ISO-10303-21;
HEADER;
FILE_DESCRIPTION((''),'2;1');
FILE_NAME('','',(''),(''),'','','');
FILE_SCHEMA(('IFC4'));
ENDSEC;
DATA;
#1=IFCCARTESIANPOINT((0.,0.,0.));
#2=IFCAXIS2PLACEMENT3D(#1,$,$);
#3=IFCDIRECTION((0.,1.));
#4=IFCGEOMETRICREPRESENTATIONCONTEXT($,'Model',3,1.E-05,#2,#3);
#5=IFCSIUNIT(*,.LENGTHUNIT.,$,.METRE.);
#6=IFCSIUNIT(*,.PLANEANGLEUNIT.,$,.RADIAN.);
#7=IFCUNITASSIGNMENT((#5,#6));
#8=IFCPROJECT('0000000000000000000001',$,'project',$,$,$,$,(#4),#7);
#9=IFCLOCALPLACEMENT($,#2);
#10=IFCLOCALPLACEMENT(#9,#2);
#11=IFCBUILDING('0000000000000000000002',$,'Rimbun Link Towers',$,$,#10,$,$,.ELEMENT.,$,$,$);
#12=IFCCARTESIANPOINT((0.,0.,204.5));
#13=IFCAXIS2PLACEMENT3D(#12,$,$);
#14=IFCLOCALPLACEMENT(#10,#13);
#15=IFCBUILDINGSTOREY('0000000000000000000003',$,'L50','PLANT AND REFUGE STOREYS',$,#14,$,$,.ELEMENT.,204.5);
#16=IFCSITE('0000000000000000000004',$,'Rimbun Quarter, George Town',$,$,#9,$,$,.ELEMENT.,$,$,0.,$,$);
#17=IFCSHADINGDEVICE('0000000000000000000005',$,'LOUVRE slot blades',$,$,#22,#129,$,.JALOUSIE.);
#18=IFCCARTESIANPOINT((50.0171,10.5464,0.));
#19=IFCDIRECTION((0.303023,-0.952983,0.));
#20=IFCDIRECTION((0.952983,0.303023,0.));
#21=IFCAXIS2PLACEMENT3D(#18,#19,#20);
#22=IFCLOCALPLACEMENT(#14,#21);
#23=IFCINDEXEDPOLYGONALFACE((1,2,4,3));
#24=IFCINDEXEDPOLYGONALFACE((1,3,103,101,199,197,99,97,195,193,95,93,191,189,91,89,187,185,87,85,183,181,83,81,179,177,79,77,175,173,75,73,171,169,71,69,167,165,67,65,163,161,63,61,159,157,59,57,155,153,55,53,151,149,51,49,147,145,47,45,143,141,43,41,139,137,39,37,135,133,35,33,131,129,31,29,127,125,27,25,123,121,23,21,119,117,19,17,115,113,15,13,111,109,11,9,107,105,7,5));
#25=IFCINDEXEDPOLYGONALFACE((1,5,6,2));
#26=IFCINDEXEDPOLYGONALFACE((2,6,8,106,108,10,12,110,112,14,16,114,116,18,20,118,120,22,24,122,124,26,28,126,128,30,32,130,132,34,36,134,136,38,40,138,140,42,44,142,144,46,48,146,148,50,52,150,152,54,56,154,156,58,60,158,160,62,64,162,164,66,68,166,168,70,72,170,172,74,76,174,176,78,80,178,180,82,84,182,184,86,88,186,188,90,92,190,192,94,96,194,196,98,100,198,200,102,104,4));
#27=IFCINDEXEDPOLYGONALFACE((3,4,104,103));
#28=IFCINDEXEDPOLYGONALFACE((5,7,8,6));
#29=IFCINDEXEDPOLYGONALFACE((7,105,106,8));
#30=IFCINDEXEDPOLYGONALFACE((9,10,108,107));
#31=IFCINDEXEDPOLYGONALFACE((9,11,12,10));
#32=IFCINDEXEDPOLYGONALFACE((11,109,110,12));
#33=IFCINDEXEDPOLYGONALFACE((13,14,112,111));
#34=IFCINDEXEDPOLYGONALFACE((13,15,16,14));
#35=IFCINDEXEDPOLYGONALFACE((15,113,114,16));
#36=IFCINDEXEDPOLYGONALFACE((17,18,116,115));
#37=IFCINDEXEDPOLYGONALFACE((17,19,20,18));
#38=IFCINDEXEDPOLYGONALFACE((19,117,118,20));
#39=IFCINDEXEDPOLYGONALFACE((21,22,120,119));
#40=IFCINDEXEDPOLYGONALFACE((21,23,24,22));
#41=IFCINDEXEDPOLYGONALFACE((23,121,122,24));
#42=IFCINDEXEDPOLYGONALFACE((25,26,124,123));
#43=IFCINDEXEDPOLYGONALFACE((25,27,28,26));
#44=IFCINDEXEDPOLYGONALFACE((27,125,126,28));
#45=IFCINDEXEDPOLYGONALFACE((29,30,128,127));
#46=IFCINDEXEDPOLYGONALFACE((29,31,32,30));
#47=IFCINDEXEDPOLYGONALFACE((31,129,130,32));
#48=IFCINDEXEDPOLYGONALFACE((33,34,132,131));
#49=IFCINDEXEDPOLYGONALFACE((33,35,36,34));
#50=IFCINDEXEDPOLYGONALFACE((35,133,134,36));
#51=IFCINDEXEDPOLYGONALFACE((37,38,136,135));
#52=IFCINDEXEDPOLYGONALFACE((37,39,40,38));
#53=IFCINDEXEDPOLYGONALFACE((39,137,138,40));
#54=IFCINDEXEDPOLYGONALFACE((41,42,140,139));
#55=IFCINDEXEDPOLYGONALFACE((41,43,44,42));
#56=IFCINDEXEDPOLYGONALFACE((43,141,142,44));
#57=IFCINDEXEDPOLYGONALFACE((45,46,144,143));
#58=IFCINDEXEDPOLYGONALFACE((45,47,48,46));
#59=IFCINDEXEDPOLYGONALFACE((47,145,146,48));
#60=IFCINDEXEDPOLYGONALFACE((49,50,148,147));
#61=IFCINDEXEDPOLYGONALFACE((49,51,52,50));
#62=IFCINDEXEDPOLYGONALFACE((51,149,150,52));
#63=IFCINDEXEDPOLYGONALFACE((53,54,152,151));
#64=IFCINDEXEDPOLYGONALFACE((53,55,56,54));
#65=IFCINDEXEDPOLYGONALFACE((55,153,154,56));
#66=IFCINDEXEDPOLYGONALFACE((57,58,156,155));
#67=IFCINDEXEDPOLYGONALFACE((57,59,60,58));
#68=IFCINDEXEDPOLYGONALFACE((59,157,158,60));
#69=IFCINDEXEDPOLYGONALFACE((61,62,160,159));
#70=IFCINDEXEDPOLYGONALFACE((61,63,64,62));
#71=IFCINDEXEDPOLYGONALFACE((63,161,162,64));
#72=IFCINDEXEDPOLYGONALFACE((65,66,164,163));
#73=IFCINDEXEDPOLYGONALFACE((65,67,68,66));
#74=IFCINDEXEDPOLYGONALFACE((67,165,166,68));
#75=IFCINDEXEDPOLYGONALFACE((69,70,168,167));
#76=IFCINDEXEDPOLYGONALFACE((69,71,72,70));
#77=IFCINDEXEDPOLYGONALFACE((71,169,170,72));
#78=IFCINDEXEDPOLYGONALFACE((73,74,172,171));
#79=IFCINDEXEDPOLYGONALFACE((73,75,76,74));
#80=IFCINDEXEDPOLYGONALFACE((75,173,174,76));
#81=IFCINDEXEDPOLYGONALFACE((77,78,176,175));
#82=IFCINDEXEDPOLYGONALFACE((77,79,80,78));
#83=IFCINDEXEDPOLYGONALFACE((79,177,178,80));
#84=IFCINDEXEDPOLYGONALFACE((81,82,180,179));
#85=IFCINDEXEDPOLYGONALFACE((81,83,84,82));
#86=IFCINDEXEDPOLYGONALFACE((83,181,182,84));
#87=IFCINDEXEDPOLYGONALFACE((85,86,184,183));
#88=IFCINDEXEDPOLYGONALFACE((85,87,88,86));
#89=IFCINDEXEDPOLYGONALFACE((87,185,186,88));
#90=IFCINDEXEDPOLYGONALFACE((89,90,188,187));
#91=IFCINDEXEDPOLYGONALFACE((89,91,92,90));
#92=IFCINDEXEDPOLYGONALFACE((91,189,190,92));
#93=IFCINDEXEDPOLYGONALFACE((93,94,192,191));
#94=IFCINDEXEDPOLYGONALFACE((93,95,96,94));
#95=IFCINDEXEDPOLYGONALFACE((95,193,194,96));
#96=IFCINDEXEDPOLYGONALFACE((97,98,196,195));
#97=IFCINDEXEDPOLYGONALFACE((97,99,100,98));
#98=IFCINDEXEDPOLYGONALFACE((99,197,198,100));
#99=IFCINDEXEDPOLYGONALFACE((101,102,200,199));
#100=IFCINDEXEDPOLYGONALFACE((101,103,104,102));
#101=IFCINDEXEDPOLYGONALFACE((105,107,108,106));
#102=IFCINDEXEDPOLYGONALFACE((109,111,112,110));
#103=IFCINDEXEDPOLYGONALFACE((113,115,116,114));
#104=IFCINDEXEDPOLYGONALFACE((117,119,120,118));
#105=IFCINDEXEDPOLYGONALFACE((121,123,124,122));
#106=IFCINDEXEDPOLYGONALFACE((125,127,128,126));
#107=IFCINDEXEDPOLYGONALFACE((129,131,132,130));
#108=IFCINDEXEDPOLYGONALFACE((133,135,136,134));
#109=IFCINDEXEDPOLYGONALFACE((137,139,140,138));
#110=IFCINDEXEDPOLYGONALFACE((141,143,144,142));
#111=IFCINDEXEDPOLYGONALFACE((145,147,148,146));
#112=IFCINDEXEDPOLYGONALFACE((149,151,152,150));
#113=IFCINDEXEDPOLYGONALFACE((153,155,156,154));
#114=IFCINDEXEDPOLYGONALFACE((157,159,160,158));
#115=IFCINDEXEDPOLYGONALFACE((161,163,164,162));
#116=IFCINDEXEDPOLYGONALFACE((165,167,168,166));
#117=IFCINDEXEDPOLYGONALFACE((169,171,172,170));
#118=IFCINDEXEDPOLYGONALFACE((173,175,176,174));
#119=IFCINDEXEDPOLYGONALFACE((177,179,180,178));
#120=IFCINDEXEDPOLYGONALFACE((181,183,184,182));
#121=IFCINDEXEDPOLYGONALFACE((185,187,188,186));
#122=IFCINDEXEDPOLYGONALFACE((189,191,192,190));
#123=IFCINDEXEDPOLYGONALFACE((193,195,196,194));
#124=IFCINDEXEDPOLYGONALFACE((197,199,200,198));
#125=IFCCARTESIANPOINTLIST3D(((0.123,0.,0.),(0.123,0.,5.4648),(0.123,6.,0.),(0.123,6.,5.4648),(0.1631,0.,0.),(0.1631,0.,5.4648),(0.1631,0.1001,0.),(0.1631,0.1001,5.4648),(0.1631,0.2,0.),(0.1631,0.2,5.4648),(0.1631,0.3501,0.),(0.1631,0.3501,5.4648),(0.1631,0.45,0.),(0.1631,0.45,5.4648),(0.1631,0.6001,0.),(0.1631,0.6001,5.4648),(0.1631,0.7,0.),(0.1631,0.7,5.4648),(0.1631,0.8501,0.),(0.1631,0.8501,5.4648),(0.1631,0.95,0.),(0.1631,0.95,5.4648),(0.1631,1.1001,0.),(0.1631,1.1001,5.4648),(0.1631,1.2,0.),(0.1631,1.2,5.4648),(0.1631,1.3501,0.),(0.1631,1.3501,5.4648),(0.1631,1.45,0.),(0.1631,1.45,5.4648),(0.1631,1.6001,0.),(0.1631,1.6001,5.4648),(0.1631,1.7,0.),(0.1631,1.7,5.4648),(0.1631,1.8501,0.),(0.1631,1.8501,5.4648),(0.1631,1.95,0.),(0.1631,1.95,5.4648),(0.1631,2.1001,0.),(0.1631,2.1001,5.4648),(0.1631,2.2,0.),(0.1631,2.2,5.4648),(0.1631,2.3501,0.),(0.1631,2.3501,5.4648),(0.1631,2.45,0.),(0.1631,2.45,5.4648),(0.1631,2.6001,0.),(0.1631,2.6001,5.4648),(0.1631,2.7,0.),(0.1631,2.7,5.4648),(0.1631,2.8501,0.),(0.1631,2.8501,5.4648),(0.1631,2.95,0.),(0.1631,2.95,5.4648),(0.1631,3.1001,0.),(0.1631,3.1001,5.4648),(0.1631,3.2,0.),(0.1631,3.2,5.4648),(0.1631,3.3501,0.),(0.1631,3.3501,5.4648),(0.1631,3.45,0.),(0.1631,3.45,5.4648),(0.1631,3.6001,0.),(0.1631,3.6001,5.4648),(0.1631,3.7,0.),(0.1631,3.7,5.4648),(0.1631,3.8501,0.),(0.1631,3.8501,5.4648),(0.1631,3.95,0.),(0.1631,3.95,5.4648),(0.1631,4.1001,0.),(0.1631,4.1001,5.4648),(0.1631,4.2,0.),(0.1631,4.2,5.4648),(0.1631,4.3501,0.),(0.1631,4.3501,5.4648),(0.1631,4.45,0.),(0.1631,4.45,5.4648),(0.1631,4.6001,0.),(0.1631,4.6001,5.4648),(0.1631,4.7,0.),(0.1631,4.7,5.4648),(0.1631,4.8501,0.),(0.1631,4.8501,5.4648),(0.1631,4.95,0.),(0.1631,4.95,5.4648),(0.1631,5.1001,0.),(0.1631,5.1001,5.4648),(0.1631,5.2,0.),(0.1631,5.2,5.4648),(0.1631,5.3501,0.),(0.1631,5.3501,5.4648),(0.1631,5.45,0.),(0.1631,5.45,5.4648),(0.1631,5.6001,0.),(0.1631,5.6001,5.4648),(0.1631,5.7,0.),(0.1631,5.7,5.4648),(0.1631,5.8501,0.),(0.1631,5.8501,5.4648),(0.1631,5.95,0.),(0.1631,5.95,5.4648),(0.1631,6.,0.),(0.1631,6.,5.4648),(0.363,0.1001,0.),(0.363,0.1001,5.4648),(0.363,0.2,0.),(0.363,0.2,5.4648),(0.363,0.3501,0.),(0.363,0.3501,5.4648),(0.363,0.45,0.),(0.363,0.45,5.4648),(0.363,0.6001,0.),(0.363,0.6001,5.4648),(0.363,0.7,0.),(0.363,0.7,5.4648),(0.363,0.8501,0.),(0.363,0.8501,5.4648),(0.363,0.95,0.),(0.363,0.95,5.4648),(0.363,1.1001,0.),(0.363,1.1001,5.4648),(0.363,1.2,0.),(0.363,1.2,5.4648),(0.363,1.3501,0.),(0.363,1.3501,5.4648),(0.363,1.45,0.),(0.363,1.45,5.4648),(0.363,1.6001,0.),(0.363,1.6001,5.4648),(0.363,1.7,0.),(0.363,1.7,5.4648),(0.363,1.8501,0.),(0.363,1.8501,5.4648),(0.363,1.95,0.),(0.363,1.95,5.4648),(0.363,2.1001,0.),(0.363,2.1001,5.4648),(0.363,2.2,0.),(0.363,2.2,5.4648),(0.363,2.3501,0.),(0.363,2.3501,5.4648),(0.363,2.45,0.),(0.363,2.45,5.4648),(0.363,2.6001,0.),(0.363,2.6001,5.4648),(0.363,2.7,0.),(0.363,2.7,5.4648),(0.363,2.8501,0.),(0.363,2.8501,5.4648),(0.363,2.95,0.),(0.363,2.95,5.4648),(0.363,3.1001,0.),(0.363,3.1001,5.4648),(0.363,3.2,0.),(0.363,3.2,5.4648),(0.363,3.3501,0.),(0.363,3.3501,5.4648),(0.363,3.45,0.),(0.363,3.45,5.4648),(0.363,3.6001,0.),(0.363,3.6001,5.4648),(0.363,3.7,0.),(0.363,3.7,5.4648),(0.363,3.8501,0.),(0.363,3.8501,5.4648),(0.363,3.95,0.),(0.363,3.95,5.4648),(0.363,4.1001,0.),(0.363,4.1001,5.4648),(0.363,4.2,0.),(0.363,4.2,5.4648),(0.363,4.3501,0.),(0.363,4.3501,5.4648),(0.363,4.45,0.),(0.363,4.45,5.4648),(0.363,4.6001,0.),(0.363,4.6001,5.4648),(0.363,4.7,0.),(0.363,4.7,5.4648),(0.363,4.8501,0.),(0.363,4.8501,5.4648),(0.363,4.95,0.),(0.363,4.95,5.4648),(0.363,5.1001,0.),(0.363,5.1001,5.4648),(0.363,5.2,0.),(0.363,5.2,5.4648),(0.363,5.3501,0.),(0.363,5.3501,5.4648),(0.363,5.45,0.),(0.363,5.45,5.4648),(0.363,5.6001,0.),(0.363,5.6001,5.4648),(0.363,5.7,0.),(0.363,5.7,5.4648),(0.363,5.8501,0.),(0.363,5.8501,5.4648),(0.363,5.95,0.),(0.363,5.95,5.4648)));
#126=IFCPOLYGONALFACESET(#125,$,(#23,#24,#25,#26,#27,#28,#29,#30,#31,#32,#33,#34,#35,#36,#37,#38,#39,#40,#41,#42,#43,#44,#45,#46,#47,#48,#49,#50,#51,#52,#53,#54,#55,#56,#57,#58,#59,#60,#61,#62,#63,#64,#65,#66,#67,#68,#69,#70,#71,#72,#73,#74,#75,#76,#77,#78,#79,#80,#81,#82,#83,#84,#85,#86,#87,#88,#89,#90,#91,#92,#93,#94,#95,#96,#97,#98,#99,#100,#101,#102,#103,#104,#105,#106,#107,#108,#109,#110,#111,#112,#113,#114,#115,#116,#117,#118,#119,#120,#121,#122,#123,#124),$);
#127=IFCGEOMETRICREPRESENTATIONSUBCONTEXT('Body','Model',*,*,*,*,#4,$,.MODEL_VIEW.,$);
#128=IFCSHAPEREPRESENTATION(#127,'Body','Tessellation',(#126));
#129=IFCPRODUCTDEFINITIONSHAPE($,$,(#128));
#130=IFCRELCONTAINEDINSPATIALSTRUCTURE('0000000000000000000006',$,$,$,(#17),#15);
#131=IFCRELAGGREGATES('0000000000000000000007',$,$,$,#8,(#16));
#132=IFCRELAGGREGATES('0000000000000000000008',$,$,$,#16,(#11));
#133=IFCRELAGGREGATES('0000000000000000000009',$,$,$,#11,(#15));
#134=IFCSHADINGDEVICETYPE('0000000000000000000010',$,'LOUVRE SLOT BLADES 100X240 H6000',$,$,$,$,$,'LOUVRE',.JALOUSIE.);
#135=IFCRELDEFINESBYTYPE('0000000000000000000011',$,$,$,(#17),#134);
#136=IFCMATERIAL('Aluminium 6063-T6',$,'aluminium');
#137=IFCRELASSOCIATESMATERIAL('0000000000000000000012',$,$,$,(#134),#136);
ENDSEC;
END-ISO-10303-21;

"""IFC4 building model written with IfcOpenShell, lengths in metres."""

from ifc_helpers import new_model, si_unit, direction, frame, origin, place, context, subcontext, project, spatial, polyline, outline, extrude, material, material_profile, profile_set, type_object, element, save


model = new_model("IFC4")

# Units and contexts
model_context = context("Model", 3, precision=1e-05, world=origin(), true_north=direction((0.0, 1.0)))
body_context = subcontext(model_context, "Body", "Model", "MODEL_VIEW")
ifc_project = project(units=[si_unit("LENGTHUNIT", "METRE"), si_unit("PLANEANGLEUNIT", "RADIAN")], contexts=[model_context])

# Site, building, storey
site_placement = place(None, origin())
site = spatial("IfcSite", under=ifc_project, at=site_placement, Name="Rimbun Quarter, George Town", CompositionType="ELEMENT", RefElevation=0.0)
building_placement = place(site_placement, origin())
building = spatial("IfcBuilding", under=site, at=building_placement, Name="Rimbun Link Towers", CompositionType="ELEMENT")
storey_placement = place(building_placement, frame((0.0, 0.0, 204.5)))
storey = spatial("IfcBuildingStorey", under=building, at=storey_placement, Name="L50", Description="PLANT AND REFUGE STOREYS", CompositionType="ELEMENT", Elevation=204.5)

# Shading device
ifc_material_1 = material(Name="Aluminium 6063-T6", Category="aluminium")
ifc_material_profile_1 = material_profile(ifc_material_1, outline(polyline([(0.123, 0.0), (0.1631, 0.0), (0.1631, 0.1001), (0.363, 0.1001), (0.363, 0.2), (0.1631, 0.2), (0.1631, 0.3501), (0.363, 0.3501), (0.363, 0.45), (0.1631, 0.45), (0.1631, 0.6001), (0.363, 0.6001), (0.363, 0.7), (0.1631, 0.7), (0.1631, 0.8501), (0.363, 0.8501), (0.363, 0.95), (0.1631, 0.95), (0.1631, 1.1001), (0.363, 1.1001), (0.363, 1.2), (0.1631, 1.2), (0.1631, 1.3501), (0.363, 1.3501), (0.363, 1.45), (0.1631, 1.45), (0.1631, 1.6001), (0.363, 1.6001), (0.363, 1.7), (0.1631, 1.7), (0.1631, 1.8501), (0.363, 1.8501), (0.363, 1.95), (0.1631, 1.95), (0.1631, 2.1001), (0.363, 2.1001), (0.363, 2.2), (0.1631, 2.2), (0.1631, 2.3501), (0.363, 2.3501), (0.363, 2.45), (0.1631, 2.45), (0.1631, 2.6001), (0.363, 2.6001), (0.363, 2.7), (0.1631, 2.7), (0.1631, 2.8501), (0.363, 2.8501), (0.363, 2.95), (0.1631, 2.95), (0.1631, 3.1001), (0.363, 3.1001), (0.363, 3.2), (0.1631, 3.2), (0.1631, 3.3501), (0.363, 3.3501), (0.363, 3.45), (0.1631, 3.45), (0.1631, 3.6001), (0.363, 3.6001), (0.363, 3.7), (0.1631, 3.7), (0.1631, 3.8501), (0.363, 3.8501), (0.363, 3.95), (0.1631, 3.95), (0.1631, 4.1001), (0.363, 4.1001), (0.363, 4.2), (0.1631, 4.2), (0.1631, 4.3501), (0.363, 4.3501), (0.363, 4.45), (0.1631, 4.45), (0.1631, 4.6001), (0.363, 4.6001), (0.363, 4.7), (0.1631, 4.7), (0.1631, 4.8501), (0.363, 4.8501), (0.363, 4.95), (0.1631, 4.95), (0.1631, 5.1001), (0.363, 5.1001), (0.363, 5.2), (0.1631, 5.2), (0.1631, 5.3501), (0.363, 5.3501), (0.363, 5.45), (0.1631, 5.45), (0.1631, 5.6001), (0.363, 5.6001), (0.363, 5.7), (0.1631, 5.7), (0.1631, 5.8501), (0.363, 5.8501), (0.363, 5.95), (0.1631, 5.95), (0.1631, 6.0), (0.123, 6.0), (0.123, 0.0)])), Name="LOUVRE BLADES 100X240")
ifc_profile_set_1 = profile_set([ifc_material_profile_1], Name="Aluminium 6063-T6")
shading_device_type = type_object("IfcShadingDeviceType", Name="LOUVRE SLOT BLADES 100X240 H6000", ElementType="LOUVRE", PredefinedType="JALOUSIE", material=ifc_profile_set_1)
shading_device_placement = place(storey_placement, frame((50.0171, 10.5464, 0.0), z_axis=(0.303023, -0.952983, 0.0), x_axis=(0.952983, 0.303023, 0.0)))
element("IfcShadingDevice", 1, at=shading_device_placement, inside=storey, type_object=shading_device_type, Name="LOUVRE slot blades", PredefinedType="JALOUSIE", context=body_context, shape_type="SweptSolid", body=[
    extrude(outline(polyline([(0.123, 0.0), (0.1631, 0.0), (0.1631, 0.1001), (0.363, 0.1001), (0.363, 0.2), (0.1631, 0.2), (0.1631, 0.3501), (0.363, 0.3501), (0.363, 0.45), (0.1631, 0.45), (0.1631, 0.6001), (0.363, 0.6001), (0.363, 0.7), (0.1631, 0.7), (0.1631, 0.8501), (0.363, 0.8501), (0.363, 0.95), (0.1631, 0.95), (0.1631, 1.1001), (0.363, 1.1001), (0.363, 1.2), (0.1631, 1.2), (0.1631, 1.3501), (0.363, 1.3501), (0.363, 1.45), (0.1631, 1.45), (0.1631, 1.6001), (0.363, 1.6001), (0.363, 1.7), (0.1631, 1.7), (0.1631, 1.8501), (0.363, 1.8501), (0.363, 1.95), (0.1631, 1.95), (0.1631, 2.1001), (0.363, 2.1001), (0.363, 2.2), (0.1631, 2.2), (0.1631, 2.3501), (0.363, 2.3501), (0.363, 2.45), (0.1631, 2.45), (0.1631, 2.6001), (0.363, 2.6001), (0.363, 2.7), (0.1631, 2.7), (0.1631, 2.8501), (0.363, 2.8501), (0.363, 2.95), (0.1631, 2.95), (0.1631, 3.1001), (0.363, 3.1001), (0.363, 3.2), (0.1631, 3.2), (0.1631, 3.3501), (0.363, 3.3501), (0.363, 3.45), (0.1631, 3.45), (0.1631, 3.6001), (0.363, 3.6001), (0.363, 3.7), (0.1631, 3.7), (0.1631, 3.8501), (0.363, 3.8501), (0.363, 3.95), (0.1631, 3.95), (0.1631, 4.1001), (0.363, 4.1001), (0.363, 4.2), (0.1631, 4.2), (0.1631, 4.3501), (0.363, 4.3501), (0.363, 4.45), (0.1631, 4.45), (0.1631, 4.6001), (0.363, 4.6001), (0.363, 4.7), (0.1631, 4.7), (0.1631, 4.8501), (0.363, 4.8501), (0.363, 4.95), (0.1631, 4.95), (0.1631, 5.1001), (0.363, 5.1001), (0.363, 5.2), (0.1631, 5.2), (0.1631, 5.3501), (0.363, 5.3501), (0.363, 5.45), (0.1631, 5.45), (0.1631, 5.6001), (0.363, 5.6001), (0.363, 5.7), (0.1631, 5.7), (0.1631, 5.8501), (0.363, 5.8501), (0.363, 5.95), (0.1631, 5.95), (0.1631, 6.0), (0.123, 6.0), (0.123, 0.0)])), origin(), (0.0, 0.0, 1.0), 5.4648),
])

save(model, "model.ifc")
